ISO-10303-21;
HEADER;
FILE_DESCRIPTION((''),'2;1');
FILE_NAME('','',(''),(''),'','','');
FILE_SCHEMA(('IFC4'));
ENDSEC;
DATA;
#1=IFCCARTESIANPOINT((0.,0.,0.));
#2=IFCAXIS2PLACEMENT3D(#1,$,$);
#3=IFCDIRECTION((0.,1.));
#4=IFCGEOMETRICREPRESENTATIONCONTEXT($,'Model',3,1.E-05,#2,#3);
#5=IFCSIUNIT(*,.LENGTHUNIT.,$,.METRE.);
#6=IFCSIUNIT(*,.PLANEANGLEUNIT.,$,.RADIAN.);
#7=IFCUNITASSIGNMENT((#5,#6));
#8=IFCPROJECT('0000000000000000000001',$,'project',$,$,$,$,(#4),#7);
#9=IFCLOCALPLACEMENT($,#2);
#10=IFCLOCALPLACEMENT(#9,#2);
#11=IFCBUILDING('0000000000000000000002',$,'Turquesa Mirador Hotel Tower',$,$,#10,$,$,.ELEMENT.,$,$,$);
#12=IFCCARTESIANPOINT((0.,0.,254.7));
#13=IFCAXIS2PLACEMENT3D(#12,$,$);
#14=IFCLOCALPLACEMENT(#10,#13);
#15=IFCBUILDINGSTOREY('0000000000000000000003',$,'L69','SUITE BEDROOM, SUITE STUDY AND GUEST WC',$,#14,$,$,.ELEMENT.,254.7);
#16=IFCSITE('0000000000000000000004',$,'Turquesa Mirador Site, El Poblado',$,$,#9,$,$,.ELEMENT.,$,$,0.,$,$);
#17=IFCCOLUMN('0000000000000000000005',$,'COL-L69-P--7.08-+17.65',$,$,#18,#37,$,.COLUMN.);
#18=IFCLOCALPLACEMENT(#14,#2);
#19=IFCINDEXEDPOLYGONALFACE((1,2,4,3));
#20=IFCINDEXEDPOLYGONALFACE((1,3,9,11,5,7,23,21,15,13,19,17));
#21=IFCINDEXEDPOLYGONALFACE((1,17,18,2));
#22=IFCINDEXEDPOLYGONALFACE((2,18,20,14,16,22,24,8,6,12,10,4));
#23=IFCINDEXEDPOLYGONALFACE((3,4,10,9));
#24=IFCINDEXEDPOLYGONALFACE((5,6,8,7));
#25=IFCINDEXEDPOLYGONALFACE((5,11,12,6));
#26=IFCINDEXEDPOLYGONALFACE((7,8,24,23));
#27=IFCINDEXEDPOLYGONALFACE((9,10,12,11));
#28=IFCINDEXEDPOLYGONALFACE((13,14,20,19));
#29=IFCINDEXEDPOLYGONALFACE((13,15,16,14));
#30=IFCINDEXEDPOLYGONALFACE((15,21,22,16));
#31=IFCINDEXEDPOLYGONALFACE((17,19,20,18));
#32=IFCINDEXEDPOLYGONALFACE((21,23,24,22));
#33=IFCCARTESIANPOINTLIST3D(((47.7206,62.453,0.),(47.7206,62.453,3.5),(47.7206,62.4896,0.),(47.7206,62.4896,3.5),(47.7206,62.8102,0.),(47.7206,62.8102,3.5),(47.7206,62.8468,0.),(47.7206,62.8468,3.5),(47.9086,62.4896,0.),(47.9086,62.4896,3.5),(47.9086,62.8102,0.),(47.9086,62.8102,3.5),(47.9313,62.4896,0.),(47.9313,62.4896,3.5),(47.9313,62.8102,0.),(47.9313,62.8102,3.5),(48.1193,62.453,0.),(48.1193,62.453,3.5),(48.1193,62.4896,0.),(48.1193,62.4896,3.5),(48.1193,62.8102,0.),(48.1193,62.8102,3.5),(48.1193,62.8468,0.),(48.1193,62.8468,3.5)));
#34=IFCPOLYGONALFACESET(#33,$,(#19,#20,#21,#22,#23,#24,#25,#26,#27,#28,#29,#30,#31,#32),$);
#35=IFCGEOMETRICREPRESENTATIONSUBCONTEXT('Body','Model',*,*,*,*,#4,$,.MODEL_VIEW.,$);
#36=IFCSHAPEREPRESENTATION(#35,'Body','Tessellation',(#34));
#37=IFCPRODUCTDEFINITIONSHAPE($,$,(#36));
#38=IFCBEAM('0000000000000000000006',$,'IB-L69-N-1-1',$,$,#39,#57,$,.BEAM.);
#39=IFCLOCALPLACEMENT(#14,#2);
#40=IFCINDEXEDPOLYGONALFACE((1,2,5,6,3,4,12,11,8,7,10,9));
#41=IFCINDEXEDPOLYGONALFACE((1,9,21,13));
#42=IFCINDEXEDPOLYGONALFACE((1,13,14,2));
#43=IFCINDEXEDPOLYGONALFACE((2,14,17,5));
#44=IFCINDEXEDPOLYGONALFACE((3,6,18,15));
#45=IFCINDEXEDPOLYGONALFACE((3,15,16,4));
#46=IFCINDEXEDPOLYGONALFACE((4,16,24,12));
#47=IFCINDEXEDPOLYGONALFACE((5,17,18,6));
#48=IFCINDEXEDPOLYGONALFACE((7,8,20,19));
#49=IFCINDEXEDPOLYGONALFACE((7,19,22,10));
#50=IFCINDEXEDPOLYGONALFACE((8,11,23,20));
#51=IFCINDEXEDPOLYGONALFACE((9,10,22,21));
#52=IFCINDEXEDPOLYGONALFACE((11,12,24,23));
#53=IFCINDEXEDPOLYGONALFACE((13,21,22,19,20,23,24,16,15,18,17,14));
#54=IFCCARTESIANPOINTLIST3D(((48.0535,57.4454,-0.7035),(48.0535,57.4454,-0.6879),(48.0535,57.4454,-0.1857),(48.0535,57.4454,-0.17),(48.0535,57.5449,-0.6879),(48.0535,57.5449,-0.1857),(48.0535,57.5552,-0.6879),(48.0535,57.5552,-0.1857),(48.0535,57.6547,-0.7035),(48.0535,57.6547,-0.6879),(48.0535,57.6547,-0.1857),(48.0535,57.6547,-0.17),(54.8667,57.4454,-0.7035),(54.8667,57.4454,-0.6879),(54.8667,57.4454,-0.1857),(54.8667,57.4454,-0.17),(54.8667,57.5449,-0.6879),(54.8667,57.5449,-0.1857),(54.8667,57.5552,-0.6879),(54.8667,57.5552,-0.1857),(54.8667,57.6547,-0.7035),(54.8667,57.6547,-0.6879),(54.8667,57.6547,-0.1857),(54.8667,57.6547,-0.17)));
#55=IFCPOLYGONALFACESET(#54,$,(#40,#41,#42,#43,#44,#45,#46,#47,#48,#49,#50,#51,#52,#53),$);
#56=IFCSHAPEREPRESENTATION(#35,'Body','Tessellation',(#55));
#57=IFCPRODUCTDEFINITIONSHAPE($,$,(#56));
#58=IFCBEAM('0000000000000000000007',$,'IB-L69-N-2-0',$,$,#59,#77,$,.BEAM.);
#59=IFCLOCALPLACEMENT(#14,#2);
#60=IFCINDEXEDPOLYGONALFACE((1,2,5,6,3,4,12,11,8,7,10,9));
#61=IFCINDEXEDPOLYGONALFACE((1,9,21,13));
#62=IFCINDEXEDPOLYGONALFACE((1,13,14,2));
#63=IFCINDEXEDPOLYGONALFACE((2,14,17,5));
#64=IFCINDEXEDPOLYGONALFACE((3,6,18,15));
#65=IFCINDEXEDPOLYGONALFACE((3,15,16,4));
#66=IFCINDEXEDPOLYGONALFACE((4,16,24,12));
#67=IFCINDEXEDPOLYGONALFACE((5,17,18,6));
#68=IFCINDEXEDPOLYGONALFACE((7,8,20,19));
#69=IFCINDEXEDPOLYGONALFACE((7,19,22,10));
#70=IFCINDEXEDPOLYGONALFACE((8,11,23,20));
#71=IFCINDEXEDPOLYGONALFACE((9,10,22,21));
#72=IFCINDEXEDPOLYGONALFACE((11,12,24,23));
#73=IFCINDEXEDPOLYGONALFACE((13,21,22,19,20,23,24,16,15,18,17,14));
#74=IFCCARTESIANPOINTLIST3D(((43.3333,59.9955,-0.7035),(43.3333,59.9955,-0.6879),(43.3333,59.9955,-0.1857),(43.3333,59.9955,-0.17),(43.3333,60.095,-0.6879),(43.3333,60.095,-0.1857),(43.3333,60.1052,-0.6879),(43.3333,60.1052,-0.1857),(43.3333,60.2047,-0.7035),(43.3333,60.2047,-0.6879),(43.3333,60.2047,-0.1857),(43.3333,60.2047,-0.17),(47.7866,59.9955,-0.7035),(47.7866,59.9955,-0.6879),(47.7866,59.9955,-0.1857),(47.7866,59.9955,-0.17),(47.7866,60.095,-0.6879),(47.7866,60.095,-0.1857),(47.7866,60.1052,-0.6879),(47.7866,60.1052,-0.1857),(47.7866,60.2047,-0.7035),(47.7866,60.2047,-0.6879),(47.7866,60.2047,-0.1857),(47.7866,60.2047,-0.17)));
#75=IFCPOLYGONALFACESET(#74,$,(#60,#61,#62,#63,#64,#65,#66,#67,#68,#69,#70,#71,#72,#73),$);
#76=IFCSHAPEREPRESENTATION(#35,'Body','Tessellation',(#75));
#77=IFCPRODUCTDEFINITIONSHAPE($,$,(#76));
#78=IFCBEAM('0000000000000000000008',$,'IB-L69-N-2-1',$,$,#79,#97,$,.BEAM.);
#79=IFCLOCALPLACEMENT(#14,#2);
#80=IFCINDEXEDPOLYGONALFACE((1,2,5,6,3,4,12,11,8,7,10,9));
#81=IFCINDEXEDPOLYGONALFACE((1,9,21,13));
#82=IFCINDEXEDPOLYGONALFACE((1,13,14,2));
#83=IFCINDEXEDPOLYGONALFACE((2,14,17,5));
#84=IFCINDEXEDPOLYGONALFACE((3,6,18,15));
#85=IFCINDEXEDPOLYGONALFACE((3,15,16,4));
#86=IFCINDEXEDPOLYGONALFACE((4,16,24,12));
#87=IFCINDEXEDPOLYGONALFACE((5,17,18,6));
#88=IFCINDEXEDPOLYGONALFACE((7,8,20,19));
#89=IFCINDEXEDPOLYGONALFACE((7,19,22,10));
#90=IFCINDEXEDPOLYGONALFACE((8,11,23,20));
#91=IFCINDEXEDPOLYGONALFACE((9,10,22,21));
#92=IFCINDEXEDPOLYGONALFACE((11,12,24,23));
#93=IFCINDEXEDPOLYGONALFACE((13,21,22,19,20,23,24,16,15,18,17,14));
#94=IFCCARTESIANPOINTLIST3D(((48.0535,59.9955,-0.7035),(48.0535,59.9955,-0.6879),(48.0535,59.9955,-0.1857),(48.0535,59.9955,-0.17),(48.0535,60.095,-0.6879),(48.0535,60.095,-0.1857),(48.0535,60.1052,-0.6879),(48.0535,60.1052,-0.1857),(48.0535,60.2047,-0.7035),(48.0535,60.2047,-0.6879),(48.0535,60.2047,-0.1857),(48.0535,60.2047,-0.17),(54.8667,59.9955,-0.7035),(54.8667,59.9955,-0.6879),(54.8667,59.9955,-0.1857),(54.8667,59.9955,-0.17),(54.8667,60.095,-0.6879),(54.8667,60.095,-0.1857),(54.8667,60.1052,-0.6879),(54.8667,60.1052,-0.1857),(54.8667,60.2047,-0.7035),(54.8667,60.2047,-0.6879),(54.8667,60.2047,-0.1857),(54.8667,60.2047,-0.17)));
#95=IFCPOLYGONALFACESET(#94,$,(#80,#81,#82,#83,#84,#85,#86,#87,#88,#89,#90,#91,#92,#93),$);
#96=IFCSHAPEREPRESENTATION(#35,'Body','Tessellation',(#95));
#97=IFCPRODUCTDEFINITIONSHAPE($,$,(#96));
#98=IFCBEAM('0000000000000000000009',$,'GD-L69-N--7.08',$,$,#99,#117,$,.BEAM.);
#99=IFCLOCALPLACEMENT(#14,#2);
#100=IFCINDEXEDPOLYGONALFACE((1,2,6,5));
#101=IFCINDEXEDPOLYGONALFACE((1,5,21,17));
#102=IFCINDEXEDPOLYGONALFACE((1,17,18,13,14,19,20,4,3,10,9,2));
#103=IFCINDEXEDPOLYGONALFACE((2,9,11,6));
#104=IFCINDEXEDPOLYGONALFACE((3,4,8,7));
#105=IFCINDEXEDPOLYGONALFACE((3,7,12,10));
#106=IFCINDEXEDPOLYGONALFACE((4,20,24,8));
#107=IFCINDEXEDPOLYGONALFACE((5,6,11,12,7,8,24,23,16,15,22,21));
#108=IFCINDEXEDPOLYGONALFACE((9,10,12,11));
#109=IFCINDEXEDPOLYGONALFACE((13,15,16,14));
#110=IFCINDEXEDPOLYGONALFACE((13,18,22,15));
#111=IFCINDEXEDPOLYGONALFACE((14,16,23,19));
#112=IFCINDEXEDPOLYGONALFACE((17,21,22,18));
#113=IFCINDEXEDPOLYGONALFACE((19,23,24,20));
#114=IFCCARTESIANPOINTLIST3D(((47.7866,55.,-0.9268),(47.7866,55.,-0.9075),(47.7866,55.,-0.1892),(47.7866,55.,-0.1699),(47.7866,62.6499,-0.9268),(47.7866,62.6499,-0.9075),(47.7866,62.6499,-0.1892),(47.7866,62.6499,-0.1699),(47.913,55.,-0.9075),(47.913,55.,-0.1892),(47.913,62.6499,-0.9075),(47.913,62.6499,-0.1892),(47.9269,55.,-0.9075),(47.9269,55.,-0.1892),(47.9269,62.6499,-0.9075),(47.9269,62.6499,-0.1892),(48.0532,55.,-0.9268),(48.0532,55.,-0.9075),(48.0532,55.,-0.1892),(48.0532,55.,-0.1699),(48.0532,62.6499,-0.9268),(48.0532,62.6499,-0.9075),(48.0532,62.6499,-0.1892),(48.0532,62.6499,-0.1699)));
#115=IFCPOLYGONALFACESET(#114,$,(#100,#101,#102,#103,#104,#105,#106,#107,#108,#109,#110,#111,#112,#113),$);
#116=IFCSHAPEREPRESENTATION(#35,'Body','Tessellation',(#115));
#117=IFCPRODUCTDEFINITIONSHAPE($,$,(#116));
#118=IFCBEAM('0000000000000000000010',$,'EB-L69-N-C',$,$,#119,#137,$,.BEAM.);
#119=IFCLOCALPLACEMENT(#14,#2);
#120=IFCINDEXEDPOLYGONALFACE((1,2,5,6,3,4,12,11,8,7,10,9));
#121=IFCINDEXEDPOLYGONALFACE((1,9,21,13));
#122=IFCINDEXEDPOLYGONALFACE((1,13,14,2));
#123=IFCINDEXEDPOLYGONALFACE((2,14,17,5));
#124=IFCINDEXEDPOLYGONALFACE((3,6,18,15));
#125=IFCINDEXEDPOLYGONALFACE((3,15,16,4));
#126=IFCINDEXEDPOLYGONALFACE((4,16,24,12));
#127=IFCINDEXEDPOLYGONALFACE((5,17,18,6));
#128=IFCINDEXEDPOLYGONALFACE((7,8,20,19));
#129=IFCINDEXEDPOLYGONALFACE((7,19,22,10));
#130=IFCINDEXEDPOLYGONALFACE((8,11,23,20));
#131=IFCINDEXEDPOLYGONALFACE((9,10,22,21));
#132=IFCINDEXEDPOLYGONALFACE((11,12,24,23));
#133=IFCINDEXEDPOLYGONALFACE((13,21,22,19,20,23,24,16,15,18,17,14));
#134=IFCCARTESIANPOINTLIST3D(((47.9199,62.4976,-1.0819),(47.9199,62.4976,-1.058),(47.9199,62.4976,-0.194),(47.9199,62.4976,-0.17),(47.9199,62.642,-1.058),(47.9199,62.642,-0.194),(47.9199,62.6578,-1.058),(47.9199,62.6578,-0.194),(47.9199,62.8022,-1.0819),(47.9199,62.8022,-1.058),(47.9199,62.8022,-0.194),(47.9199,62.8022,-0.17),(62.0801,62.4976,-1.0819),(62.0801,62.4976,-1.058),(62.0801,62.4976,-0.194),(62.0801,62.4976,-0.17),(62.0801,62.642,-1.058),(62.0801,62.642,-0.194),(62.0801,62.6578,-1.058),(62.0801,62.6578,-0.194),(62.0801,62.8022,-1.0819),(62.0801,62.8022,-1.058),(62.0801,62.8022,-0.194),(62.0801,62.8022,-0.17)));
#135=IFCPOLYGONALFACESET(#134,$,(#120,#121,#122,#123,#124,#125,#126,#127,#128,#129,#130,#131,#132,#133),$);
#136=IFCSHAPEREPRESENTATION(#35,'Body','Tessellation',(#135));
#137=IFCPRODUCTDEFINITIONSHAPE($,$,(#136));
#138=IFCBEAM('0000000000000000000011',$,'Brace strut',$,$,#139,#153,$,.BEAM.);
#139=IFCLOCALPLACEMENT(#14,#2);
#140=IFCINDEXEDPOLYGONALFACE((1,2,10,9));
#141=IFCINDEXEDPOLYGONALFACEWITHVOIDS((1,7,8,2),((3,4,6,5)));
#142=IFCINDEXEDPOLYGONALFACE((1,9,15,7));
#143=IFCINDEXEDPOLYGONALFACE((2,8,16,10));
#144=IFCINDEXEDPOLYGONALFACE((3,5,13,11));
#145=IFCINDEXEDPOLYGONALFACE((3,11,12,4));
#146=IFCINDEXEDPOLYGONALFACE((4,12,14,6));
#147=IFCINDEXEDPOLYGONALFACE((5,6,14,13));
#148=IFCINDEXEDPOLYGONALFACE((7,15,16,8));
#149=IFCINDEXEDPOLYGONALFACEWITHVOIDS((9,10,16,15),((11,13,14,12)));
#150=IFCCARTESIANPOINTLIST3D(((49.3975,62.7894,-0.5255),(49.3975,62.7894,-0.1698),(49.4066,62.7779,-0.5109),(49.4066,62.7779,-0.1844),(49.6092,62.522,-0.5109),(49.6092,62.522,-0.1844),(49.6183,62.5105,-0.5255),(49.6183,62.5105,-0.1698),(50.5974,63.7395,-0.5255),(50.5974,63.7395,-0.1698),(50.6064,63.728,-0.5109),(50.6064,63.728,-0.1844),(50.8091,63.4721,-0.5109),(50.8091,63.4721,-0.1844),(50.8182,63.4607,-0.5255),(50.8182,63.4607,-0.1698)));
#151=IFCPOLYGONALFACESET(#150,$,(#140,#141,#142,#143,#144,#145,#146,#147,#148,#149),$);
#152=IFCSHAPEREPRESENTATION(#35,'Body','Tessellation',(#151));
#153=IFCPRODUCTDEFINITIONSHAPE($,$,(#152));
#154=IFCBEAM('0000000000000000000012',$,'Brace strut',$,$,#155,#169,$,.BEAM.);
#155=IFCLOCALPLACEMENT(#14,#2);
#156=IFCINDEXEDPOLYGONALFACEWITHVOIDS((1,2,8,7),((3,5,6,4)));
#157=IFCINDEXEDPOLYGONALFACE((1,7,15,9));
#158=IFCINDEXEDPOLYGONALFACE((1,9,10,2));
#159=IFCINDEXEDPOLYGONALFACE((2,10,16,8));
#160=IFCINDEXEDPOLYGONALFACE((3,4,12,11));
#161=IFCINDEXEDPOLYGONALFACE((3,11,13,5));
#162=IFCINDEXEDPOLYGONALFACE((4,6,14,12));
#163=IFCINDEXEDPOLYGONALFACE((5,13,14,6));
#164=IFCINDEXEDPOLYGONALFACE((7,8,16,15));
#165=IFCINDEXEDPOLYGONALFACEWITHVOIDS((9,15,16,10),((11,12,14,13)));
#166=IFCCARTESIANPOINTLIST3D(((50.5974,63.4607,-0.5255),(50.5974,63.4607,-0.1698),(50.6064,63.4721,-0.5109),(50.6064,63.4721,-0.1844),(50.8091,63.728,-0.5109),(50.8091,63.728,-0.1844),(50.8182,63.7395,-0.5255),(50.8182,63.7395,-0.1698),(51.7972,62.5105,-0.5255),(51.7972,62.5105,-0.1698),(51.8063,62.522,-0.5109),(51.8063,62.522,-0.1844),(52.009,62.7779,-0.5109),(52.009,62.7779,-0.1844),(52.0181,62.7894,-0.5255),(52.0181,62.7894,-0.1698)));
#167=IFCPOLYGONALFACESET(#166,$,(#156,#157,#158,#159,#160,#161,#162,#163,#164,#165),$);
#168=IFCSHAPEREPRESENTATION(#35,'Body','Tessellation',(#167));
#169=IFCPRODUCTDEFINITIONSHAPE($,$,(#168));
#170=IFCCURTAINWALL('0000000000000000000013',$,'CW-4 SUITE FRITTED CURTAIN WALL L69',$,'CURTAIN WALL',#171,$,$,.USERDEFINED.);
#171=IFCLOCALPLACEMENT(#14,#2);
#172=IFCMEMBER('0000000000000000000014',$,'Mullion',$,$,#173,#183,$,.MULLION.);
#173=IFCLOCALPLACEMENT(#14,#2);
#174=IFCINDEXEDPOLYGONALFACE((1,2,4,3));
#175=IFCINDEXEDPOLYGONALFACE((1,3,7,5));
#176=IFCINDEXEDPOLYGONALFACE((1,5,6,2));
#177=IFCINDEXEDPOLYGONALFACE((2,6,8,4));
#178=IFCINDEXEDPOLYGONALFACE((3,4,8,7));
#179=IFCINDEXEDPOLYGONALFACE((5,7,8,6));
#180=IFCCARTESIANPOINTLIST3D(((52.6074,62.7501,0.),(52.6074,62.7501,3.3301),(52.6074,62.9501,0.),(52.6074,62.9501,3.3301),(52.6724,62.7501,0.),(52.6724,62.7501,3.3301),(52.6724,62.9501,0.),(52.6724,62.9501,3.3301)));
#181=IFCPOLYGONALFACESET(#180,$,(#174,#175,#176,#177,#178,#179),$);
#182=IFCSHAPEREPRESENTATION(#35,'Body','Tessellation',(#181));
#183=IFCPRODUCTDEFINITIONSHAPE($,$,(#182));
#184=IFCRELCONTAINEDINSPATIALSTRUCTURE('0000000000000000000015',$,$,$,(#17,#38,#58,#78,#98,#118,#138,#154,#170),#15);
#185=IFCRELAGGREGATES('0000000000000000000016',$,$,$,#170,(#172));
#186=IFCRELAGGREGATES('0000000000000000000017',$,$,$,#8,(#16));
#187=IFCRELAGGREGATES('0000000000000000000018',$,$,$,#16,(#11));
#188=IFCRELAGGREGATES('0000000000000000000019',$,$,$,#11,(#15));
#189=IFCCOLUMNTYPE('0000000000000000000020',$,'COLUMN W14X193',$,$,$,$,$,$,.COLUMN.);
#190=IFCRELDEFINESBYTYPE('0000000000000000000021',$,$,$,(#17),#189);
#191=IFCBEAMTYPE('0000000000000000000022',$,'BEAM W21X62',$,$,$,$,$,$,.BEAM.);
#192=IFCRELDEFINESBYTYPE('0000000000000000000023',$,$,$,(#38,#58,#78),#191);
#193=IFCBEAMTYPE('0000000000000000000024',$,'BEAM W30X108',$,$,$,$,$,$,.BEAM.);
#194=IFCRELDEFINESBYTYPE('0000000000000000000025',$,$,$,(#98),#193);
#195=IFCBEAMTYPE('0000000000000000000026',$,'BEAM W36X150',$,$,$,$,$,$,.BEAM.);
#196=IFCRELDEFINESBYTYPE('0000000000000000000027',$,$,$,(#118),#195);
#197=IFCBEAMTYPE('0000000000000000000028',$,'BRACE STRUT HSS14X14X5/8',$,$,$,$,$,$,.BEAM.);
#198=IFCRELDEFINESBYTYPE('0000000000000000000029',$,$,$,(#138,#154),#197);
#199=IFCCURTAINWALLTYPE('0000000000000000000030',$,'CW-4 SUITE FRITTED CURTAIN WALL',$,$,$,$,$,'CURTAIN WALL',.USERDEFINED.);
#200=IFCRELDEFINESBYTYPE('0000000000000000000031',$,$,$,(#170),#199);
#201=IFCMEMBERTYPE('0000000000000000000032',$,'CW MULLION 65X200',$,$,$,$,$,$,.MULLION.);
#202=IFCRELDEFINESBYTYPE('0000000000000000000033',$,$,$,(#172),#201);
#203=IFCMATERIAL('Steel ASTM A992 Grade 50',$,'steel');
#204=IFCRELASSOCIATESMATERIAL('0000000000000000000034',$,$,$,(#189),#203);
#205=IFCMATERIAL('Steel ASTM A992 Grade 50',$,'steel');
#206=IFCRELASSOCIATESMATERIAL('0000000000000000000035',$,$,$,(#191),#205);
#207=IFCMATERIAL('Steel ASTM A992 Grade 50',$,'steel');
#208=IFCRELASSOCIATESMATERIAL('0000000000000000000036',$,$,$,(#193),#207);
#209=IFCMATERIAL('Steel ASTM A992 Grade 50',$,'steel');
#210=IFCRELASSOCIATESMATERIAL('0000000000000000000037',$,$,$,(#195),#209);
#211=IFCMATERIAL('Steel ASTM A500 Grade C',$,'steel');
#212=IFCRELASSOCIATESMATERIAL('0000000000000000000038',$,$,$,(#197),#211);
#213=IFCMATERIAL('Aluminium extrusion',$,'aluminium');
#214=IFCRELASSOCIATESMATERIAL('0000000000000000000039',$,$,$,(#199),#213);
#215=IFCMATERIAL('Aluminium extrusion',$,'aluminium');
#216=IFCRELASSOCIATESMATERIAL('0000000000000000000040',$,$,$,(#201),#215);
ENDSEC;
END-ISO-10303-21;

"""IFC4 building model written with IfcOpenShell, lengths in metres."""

from ifc_helpers import new_model, si_unit, direction, frame, origin, origin_2d, place, context, subcontext, project, spatial, rectangle, hollow_rectangle, i_section, extrude, material, material_profile, profile_set, type_object, element, aggregate, save


model = new_model("IFC4")

# Units and contexts
model_context = context("Model", 3, precision=1e-05, world=origin(), true_north=direction((0.0, 1.0)))
body_context = subcontext(model_context, "Body", "Model", "MODEL_VIEW")
ifc_project = project(units=[si_unit("LENGTHUNIT", "METRE"), si_unit("PLANEANGLEUNIT", "RADIAN")], contexts=[model_context])

# Site, building, storey
site_placement = place(None, origin())
site = spatial("IfcSite", under=ifc_project, at=site_placement, Name="Turquesa Mirador Site, El Poblado", CompositionType="ELEMENT", RefElevation=0.0)
building_placement = place(site_placement, origin())
building = spatial("IfcBuilding", under=site, at=building_placement, Name="Turquesa Mirador Hotel Tower", CompositionType="ELEMENT")
storey_placement = place(building_placement, frame((0.0, 0.0, 254.7)))
storey = spatial("IfcBuildingStorey", under=building, at=storey_placement, Name="L69", Description="SUITE BEDROOM, SUITE STUDY AND GUEST WC", CompositionType="ELEMENT", Elevation=254.7)

# Column
ifc_material_1 = material(Name="Steel ASTM A992 Grade 50", Category="steel")
ifc_material_profile_1 = material_profile(ifc_material_1, i_section(OverallWidth=0.3987, OverallDepth=0.3938, WebThickness=0.0227, FlangeThickness=0.0366, at=origin_2d()), Name="W14X193")
ifc_profile_set_1 = profile_set([ifc_material_profile_1], Name="Steel ASTM A992 Grade 50")
column_type = type_object("IfcColumnType", Name="COLUMN W14X193", PredefinedType="COLUMN", material=ifc_profile_set_1)
column_placement = place(storey_placement, frame((47.9199, 62.6499, 0.0), z_axis=(0.0, 0.0, 1.0), x_axis=(1.0, 0.0, 0.0)))
element("IfcColumn", 1, at=column_placement, inside=storey, type_object=column_type, Name="COL-L69-P--7.08-+17.65", PredefinedType="COLUMN", context=body_context, shape_type="SweptSolid", body=[
    extrude(i_section(OverallWidth=0.3987, OverallDepth=0.3938, WebThickness=0.0227, FlangeThickness=0.0366, at=origin_2d()), origin(), (0.0, 0.0, 1.0), 3.5),
])

# Beams
ifc_material_2 = material(Name="Steel ASTM A992 Grade 50", Category="steel")
ifc_material_profile_2 = material_profile(ifc_material_2, i_section(OverallWidth=0.2092, OverallDepth=0.5334, WebThickness=0.0103, FlangeThickness=0.0156, at=origin_2d()), Name="W21X62")
ifc_profile_set_2 = profile_set([ifc_material_profile_2], Name="Steel ASTM A992 Grade 50")
beam_type_1 = type_object("IfcBeamType", Name="BEAM W21X62", PredefinedType="BEAM", material=ifc_profile_set_2)
beam_1_placement = place(storey_placement, frame((48.0535, 57.55, -0.4368), z_axis=(1.0, 0.0, 0.0), x_axis=(0.0, 1.0, 0.0)))
element("IfcBeam", 2, at=beam_1_placement, inside=storey, type_object=beam_type_1, Name="IB-L69-N-1-1", PredefinedType="BEAM", context=body_context, shape_type="SweptSolid", body=[
    extrude(i_section(OverallWidth=0.2092, OverallDepth=0.5334, WebThickness=0.0103, FlangeThickness=0.0156, at=origin_2d()), origin(), (0.0, 0.0, 1.0), 6.8132),
])
beam_2_placement = place(storey_placement, frame((43.3333, 60.1001, -0.4368), z_axis=(1.0, 0.0, 0.0), x_axis=(0.0, 1.0, 0.0)))
element("IfcBeam", 3, at=beam_2_placement, inside=storey, type_object=beam_type_1, Name="IB-L69-N-2-0", PredefinedType="BEAM", context=body_context, shape_type="SweptSolid", body=[
    extrude(i_section(OverallWidth=0.2092, OverallDepth=0.5334, WebThickness=0.0103, FlangeThickness=0.0156, at=origin_2d()), origin(), (0.0, 0.0, 1.0), 4.4534),
])
beam_3_placement = place(storey_placement, frame((48.0535, 60.1001, -0.4368), z_axis=(1.0, 0.0, 0.0), x_axis=(0.0, 1.0, 0.0)))
element("IfcBeam", 4, at=beam_3_placement, inside=storey, type_object=beam_type_1, Name="IB-L69-N-2-1", PredefinedType="BEAM", context=body_context, shape_type="SweptSolid", body=[
    extrude(i_section(OverallWidth=0.2092, OverallDepth=0.5334, WebThickness=0.0103, FlangeThickness=0.0156, at=origin_2d()), origin(), (0.0, 0.0, 1.0), 6.8132),
])
ifc_material_3 = material(Name="Steel ASTM A992 Grade 50", Category="steel")
ifc_material_profile_3 = material_profile(ifc_material_3, i_section(OverallWidth=0.2666, OverallDepth=0.7568, WebThickness=0.0139, FlangeThickness=0.0193, at=origin_2d()), Name="W30X108")
ifc_profile_set_3 = profile_set([ifc_material_profile_3], Name="Steel ASTM A992 Grade 50")
beam_type_2 = type_object("IfcBeamType", Name="BEAM W30X108", PredefinedType="BEAM", material=ifc_profile_set_3)
beam_4_placement = place(storey_placement, frame((47.9199, 62.6499, -0.5483), z_axis=(0.0, -1.0, 0.0), x_axis=(1.0, 0.0, 0.0)))
element("IfcBeam", 5, at=beam_4_placement, inside=storey, type_object=beam_type_2, Name="GD-L69-N--7.08", PredefinedType="BEAM", context=body_context, shape_type="SweptSolid", body=[
    extrude(i_section(OverallWidth=0.2666, OverallDepth=0.7568, WebThickness=0.0139, FlangeThickness=0.0193, at=origin_2d()), origin(), (0.0, 0.0, 1.0), 7.6499),
])
ifc_material_4 = material(Name="Steel ASTM A992 Grade 50", Category="steel")
ifc_material_profile_4 = material_profile(ifc_material_4, i_section(OverallWidth=0.3047, OverallDepth=0.9119, WebThickness=0.0159, FlangeThickness=0.0239, at=origin_2d()), Name="W36X150")
ifc_profile_set_4 = profile_set([ifc_material_profile_4], Name="Steel ASTM A992 Grade 50")
beam_type_3 = type_object("IfcBeamType", Name="BEAM W36X150", PredefinedType="BEAM", material=ifc_profile_set_4)
beam_5_placement = place(storey_placement, frame((47.9199, 62.6499, -0.626), z_axis=(1.0, 0.0, 0.0), x_axis=(0.0, 1.0, 0.0)))
element("IfcBeam", 6, at=beam_5_placement, inside=storey, type_object=beam_type_3, Name="EB-L69-N-C", PredefinedType="BEAM", context=body_context, shape_type="SweptSolid", body=[
    extrude(i_section(OverallWidth=0.3047, OverallDepth=0.9119, WebThickness=0.0159, FlangeThickness=0.0239, at=origin_2d()), origin(), (0.0, 0.0, 1.0), 14.1602),
])
ifc_material_5 = material(Name="Steel ASTM A500 Grade C", Category="steel")
ifc_material_profile_5 = material_profile(ifc_material_5, hollow_rectangle(XDim=0.3557, YDim=0.3557, WallThickness=0.0146, at=origin_2d()), Name="HSS14X14X5/8")
ifc_profile_set_5 = profile_set([ifc_material_profile_5], Name="Steel ASTM A500 Grade C")
beam_type_4 = type_object("IfcBeamType", Name="BRACE STRUT HSS14X14X5/8", PredefinedType="BEAM", material=ifc_profile_set_5)
for number, where, z_axis, x_axis, name in (
    (7, (50.7078, 63.6001, -0.3477), (-0.783971, -0.620797, 0.0), (0.620797, -0.783971, 0.0), "Brace strut"),
    (8, (50.7078, 63.6001, -0.3477), (0.783971, -0.620797, 0.0), (0.620797, 0.783971, 0.0), "Brace strut"),
):
    element("IfcBeam", number, at=place(storey_placement, frame(where, z_axis=z_axis, x_axis=x_axis)), inside=storey, type_object=beam_type_4, Name=name, PredefinedType="BEAM", context=body_context, shape_type="SweptSolid", body=[
        extrude(hollow_rectangle(XDim=0.3557, YDim=0.3557, WallThickness=0.0146, at=origin_2d()), origin(), (0.0, 0.0, 1.0), 1.5305),
    ])

# Curtain wall, member
ifc_material_6 = material(Name="Aluminium extrusion", Category="aluminium")
curtain_wall_type = type_object("IfcCurtainWallType", Name="CW-4 SUITE FRITTED CURTAIN WALL", ElementType="CURTAIN WALL", PredefinedType="USERDEFINED", material=ifc_material_6)
curtain_wall_1_placement = place(storey_placement, origin())
curtain_wall_1 = element("IfcCurtainWall", 9, at=curtain_wall_1_placement, inside=storey, type_object=curtain_wall_type, Name="CW-4 SUITE FRITTED CURTAIN WALL L69", ObjectType="CURTAIN WALL", PredefinedType="USERDEFINED")
ifc_material_7 = material(Name="Aluminium extrusion", Category="aluminium")
ifc_material_profile_6 = material_profile(ifc_material_7, rectangle(XDim=0.0649, YDim=0.2, at=origin_2d()), Name="MULLION 65X200")
ifc_profile_set_6 = profile_set([ifc_material_profile_6], Name="Aluminium extrusion")
member_type_1 = type_object("IfcMemberType", Name="CW MULLION 65X200", PredefinedType="MULLION", material=ifc_profile_set_6)
member_1_placement = place(storey_placement, frame((52.6399, 62.8501, 0.0), z_axis=(0.0, 0.0, 1.0), x_axis=(-1.0, 0.0, 0.0)))
member_1 = element("IfcMember", 10, at=member_1_placement, type_object=member_type_1, Name="Mullion", PredefinedType="MULLION", context=body_context, shape_type="SweptSolid", body=[
    extrude(rectangle(XDim=0.0649, YDim=0.2, at=origin_2d()), origin(), (0.0, 0.0, 1.0), 3.3301),
])

aggregate(curtain_wall_1, [member_1])

save(model, "model.ifc")
